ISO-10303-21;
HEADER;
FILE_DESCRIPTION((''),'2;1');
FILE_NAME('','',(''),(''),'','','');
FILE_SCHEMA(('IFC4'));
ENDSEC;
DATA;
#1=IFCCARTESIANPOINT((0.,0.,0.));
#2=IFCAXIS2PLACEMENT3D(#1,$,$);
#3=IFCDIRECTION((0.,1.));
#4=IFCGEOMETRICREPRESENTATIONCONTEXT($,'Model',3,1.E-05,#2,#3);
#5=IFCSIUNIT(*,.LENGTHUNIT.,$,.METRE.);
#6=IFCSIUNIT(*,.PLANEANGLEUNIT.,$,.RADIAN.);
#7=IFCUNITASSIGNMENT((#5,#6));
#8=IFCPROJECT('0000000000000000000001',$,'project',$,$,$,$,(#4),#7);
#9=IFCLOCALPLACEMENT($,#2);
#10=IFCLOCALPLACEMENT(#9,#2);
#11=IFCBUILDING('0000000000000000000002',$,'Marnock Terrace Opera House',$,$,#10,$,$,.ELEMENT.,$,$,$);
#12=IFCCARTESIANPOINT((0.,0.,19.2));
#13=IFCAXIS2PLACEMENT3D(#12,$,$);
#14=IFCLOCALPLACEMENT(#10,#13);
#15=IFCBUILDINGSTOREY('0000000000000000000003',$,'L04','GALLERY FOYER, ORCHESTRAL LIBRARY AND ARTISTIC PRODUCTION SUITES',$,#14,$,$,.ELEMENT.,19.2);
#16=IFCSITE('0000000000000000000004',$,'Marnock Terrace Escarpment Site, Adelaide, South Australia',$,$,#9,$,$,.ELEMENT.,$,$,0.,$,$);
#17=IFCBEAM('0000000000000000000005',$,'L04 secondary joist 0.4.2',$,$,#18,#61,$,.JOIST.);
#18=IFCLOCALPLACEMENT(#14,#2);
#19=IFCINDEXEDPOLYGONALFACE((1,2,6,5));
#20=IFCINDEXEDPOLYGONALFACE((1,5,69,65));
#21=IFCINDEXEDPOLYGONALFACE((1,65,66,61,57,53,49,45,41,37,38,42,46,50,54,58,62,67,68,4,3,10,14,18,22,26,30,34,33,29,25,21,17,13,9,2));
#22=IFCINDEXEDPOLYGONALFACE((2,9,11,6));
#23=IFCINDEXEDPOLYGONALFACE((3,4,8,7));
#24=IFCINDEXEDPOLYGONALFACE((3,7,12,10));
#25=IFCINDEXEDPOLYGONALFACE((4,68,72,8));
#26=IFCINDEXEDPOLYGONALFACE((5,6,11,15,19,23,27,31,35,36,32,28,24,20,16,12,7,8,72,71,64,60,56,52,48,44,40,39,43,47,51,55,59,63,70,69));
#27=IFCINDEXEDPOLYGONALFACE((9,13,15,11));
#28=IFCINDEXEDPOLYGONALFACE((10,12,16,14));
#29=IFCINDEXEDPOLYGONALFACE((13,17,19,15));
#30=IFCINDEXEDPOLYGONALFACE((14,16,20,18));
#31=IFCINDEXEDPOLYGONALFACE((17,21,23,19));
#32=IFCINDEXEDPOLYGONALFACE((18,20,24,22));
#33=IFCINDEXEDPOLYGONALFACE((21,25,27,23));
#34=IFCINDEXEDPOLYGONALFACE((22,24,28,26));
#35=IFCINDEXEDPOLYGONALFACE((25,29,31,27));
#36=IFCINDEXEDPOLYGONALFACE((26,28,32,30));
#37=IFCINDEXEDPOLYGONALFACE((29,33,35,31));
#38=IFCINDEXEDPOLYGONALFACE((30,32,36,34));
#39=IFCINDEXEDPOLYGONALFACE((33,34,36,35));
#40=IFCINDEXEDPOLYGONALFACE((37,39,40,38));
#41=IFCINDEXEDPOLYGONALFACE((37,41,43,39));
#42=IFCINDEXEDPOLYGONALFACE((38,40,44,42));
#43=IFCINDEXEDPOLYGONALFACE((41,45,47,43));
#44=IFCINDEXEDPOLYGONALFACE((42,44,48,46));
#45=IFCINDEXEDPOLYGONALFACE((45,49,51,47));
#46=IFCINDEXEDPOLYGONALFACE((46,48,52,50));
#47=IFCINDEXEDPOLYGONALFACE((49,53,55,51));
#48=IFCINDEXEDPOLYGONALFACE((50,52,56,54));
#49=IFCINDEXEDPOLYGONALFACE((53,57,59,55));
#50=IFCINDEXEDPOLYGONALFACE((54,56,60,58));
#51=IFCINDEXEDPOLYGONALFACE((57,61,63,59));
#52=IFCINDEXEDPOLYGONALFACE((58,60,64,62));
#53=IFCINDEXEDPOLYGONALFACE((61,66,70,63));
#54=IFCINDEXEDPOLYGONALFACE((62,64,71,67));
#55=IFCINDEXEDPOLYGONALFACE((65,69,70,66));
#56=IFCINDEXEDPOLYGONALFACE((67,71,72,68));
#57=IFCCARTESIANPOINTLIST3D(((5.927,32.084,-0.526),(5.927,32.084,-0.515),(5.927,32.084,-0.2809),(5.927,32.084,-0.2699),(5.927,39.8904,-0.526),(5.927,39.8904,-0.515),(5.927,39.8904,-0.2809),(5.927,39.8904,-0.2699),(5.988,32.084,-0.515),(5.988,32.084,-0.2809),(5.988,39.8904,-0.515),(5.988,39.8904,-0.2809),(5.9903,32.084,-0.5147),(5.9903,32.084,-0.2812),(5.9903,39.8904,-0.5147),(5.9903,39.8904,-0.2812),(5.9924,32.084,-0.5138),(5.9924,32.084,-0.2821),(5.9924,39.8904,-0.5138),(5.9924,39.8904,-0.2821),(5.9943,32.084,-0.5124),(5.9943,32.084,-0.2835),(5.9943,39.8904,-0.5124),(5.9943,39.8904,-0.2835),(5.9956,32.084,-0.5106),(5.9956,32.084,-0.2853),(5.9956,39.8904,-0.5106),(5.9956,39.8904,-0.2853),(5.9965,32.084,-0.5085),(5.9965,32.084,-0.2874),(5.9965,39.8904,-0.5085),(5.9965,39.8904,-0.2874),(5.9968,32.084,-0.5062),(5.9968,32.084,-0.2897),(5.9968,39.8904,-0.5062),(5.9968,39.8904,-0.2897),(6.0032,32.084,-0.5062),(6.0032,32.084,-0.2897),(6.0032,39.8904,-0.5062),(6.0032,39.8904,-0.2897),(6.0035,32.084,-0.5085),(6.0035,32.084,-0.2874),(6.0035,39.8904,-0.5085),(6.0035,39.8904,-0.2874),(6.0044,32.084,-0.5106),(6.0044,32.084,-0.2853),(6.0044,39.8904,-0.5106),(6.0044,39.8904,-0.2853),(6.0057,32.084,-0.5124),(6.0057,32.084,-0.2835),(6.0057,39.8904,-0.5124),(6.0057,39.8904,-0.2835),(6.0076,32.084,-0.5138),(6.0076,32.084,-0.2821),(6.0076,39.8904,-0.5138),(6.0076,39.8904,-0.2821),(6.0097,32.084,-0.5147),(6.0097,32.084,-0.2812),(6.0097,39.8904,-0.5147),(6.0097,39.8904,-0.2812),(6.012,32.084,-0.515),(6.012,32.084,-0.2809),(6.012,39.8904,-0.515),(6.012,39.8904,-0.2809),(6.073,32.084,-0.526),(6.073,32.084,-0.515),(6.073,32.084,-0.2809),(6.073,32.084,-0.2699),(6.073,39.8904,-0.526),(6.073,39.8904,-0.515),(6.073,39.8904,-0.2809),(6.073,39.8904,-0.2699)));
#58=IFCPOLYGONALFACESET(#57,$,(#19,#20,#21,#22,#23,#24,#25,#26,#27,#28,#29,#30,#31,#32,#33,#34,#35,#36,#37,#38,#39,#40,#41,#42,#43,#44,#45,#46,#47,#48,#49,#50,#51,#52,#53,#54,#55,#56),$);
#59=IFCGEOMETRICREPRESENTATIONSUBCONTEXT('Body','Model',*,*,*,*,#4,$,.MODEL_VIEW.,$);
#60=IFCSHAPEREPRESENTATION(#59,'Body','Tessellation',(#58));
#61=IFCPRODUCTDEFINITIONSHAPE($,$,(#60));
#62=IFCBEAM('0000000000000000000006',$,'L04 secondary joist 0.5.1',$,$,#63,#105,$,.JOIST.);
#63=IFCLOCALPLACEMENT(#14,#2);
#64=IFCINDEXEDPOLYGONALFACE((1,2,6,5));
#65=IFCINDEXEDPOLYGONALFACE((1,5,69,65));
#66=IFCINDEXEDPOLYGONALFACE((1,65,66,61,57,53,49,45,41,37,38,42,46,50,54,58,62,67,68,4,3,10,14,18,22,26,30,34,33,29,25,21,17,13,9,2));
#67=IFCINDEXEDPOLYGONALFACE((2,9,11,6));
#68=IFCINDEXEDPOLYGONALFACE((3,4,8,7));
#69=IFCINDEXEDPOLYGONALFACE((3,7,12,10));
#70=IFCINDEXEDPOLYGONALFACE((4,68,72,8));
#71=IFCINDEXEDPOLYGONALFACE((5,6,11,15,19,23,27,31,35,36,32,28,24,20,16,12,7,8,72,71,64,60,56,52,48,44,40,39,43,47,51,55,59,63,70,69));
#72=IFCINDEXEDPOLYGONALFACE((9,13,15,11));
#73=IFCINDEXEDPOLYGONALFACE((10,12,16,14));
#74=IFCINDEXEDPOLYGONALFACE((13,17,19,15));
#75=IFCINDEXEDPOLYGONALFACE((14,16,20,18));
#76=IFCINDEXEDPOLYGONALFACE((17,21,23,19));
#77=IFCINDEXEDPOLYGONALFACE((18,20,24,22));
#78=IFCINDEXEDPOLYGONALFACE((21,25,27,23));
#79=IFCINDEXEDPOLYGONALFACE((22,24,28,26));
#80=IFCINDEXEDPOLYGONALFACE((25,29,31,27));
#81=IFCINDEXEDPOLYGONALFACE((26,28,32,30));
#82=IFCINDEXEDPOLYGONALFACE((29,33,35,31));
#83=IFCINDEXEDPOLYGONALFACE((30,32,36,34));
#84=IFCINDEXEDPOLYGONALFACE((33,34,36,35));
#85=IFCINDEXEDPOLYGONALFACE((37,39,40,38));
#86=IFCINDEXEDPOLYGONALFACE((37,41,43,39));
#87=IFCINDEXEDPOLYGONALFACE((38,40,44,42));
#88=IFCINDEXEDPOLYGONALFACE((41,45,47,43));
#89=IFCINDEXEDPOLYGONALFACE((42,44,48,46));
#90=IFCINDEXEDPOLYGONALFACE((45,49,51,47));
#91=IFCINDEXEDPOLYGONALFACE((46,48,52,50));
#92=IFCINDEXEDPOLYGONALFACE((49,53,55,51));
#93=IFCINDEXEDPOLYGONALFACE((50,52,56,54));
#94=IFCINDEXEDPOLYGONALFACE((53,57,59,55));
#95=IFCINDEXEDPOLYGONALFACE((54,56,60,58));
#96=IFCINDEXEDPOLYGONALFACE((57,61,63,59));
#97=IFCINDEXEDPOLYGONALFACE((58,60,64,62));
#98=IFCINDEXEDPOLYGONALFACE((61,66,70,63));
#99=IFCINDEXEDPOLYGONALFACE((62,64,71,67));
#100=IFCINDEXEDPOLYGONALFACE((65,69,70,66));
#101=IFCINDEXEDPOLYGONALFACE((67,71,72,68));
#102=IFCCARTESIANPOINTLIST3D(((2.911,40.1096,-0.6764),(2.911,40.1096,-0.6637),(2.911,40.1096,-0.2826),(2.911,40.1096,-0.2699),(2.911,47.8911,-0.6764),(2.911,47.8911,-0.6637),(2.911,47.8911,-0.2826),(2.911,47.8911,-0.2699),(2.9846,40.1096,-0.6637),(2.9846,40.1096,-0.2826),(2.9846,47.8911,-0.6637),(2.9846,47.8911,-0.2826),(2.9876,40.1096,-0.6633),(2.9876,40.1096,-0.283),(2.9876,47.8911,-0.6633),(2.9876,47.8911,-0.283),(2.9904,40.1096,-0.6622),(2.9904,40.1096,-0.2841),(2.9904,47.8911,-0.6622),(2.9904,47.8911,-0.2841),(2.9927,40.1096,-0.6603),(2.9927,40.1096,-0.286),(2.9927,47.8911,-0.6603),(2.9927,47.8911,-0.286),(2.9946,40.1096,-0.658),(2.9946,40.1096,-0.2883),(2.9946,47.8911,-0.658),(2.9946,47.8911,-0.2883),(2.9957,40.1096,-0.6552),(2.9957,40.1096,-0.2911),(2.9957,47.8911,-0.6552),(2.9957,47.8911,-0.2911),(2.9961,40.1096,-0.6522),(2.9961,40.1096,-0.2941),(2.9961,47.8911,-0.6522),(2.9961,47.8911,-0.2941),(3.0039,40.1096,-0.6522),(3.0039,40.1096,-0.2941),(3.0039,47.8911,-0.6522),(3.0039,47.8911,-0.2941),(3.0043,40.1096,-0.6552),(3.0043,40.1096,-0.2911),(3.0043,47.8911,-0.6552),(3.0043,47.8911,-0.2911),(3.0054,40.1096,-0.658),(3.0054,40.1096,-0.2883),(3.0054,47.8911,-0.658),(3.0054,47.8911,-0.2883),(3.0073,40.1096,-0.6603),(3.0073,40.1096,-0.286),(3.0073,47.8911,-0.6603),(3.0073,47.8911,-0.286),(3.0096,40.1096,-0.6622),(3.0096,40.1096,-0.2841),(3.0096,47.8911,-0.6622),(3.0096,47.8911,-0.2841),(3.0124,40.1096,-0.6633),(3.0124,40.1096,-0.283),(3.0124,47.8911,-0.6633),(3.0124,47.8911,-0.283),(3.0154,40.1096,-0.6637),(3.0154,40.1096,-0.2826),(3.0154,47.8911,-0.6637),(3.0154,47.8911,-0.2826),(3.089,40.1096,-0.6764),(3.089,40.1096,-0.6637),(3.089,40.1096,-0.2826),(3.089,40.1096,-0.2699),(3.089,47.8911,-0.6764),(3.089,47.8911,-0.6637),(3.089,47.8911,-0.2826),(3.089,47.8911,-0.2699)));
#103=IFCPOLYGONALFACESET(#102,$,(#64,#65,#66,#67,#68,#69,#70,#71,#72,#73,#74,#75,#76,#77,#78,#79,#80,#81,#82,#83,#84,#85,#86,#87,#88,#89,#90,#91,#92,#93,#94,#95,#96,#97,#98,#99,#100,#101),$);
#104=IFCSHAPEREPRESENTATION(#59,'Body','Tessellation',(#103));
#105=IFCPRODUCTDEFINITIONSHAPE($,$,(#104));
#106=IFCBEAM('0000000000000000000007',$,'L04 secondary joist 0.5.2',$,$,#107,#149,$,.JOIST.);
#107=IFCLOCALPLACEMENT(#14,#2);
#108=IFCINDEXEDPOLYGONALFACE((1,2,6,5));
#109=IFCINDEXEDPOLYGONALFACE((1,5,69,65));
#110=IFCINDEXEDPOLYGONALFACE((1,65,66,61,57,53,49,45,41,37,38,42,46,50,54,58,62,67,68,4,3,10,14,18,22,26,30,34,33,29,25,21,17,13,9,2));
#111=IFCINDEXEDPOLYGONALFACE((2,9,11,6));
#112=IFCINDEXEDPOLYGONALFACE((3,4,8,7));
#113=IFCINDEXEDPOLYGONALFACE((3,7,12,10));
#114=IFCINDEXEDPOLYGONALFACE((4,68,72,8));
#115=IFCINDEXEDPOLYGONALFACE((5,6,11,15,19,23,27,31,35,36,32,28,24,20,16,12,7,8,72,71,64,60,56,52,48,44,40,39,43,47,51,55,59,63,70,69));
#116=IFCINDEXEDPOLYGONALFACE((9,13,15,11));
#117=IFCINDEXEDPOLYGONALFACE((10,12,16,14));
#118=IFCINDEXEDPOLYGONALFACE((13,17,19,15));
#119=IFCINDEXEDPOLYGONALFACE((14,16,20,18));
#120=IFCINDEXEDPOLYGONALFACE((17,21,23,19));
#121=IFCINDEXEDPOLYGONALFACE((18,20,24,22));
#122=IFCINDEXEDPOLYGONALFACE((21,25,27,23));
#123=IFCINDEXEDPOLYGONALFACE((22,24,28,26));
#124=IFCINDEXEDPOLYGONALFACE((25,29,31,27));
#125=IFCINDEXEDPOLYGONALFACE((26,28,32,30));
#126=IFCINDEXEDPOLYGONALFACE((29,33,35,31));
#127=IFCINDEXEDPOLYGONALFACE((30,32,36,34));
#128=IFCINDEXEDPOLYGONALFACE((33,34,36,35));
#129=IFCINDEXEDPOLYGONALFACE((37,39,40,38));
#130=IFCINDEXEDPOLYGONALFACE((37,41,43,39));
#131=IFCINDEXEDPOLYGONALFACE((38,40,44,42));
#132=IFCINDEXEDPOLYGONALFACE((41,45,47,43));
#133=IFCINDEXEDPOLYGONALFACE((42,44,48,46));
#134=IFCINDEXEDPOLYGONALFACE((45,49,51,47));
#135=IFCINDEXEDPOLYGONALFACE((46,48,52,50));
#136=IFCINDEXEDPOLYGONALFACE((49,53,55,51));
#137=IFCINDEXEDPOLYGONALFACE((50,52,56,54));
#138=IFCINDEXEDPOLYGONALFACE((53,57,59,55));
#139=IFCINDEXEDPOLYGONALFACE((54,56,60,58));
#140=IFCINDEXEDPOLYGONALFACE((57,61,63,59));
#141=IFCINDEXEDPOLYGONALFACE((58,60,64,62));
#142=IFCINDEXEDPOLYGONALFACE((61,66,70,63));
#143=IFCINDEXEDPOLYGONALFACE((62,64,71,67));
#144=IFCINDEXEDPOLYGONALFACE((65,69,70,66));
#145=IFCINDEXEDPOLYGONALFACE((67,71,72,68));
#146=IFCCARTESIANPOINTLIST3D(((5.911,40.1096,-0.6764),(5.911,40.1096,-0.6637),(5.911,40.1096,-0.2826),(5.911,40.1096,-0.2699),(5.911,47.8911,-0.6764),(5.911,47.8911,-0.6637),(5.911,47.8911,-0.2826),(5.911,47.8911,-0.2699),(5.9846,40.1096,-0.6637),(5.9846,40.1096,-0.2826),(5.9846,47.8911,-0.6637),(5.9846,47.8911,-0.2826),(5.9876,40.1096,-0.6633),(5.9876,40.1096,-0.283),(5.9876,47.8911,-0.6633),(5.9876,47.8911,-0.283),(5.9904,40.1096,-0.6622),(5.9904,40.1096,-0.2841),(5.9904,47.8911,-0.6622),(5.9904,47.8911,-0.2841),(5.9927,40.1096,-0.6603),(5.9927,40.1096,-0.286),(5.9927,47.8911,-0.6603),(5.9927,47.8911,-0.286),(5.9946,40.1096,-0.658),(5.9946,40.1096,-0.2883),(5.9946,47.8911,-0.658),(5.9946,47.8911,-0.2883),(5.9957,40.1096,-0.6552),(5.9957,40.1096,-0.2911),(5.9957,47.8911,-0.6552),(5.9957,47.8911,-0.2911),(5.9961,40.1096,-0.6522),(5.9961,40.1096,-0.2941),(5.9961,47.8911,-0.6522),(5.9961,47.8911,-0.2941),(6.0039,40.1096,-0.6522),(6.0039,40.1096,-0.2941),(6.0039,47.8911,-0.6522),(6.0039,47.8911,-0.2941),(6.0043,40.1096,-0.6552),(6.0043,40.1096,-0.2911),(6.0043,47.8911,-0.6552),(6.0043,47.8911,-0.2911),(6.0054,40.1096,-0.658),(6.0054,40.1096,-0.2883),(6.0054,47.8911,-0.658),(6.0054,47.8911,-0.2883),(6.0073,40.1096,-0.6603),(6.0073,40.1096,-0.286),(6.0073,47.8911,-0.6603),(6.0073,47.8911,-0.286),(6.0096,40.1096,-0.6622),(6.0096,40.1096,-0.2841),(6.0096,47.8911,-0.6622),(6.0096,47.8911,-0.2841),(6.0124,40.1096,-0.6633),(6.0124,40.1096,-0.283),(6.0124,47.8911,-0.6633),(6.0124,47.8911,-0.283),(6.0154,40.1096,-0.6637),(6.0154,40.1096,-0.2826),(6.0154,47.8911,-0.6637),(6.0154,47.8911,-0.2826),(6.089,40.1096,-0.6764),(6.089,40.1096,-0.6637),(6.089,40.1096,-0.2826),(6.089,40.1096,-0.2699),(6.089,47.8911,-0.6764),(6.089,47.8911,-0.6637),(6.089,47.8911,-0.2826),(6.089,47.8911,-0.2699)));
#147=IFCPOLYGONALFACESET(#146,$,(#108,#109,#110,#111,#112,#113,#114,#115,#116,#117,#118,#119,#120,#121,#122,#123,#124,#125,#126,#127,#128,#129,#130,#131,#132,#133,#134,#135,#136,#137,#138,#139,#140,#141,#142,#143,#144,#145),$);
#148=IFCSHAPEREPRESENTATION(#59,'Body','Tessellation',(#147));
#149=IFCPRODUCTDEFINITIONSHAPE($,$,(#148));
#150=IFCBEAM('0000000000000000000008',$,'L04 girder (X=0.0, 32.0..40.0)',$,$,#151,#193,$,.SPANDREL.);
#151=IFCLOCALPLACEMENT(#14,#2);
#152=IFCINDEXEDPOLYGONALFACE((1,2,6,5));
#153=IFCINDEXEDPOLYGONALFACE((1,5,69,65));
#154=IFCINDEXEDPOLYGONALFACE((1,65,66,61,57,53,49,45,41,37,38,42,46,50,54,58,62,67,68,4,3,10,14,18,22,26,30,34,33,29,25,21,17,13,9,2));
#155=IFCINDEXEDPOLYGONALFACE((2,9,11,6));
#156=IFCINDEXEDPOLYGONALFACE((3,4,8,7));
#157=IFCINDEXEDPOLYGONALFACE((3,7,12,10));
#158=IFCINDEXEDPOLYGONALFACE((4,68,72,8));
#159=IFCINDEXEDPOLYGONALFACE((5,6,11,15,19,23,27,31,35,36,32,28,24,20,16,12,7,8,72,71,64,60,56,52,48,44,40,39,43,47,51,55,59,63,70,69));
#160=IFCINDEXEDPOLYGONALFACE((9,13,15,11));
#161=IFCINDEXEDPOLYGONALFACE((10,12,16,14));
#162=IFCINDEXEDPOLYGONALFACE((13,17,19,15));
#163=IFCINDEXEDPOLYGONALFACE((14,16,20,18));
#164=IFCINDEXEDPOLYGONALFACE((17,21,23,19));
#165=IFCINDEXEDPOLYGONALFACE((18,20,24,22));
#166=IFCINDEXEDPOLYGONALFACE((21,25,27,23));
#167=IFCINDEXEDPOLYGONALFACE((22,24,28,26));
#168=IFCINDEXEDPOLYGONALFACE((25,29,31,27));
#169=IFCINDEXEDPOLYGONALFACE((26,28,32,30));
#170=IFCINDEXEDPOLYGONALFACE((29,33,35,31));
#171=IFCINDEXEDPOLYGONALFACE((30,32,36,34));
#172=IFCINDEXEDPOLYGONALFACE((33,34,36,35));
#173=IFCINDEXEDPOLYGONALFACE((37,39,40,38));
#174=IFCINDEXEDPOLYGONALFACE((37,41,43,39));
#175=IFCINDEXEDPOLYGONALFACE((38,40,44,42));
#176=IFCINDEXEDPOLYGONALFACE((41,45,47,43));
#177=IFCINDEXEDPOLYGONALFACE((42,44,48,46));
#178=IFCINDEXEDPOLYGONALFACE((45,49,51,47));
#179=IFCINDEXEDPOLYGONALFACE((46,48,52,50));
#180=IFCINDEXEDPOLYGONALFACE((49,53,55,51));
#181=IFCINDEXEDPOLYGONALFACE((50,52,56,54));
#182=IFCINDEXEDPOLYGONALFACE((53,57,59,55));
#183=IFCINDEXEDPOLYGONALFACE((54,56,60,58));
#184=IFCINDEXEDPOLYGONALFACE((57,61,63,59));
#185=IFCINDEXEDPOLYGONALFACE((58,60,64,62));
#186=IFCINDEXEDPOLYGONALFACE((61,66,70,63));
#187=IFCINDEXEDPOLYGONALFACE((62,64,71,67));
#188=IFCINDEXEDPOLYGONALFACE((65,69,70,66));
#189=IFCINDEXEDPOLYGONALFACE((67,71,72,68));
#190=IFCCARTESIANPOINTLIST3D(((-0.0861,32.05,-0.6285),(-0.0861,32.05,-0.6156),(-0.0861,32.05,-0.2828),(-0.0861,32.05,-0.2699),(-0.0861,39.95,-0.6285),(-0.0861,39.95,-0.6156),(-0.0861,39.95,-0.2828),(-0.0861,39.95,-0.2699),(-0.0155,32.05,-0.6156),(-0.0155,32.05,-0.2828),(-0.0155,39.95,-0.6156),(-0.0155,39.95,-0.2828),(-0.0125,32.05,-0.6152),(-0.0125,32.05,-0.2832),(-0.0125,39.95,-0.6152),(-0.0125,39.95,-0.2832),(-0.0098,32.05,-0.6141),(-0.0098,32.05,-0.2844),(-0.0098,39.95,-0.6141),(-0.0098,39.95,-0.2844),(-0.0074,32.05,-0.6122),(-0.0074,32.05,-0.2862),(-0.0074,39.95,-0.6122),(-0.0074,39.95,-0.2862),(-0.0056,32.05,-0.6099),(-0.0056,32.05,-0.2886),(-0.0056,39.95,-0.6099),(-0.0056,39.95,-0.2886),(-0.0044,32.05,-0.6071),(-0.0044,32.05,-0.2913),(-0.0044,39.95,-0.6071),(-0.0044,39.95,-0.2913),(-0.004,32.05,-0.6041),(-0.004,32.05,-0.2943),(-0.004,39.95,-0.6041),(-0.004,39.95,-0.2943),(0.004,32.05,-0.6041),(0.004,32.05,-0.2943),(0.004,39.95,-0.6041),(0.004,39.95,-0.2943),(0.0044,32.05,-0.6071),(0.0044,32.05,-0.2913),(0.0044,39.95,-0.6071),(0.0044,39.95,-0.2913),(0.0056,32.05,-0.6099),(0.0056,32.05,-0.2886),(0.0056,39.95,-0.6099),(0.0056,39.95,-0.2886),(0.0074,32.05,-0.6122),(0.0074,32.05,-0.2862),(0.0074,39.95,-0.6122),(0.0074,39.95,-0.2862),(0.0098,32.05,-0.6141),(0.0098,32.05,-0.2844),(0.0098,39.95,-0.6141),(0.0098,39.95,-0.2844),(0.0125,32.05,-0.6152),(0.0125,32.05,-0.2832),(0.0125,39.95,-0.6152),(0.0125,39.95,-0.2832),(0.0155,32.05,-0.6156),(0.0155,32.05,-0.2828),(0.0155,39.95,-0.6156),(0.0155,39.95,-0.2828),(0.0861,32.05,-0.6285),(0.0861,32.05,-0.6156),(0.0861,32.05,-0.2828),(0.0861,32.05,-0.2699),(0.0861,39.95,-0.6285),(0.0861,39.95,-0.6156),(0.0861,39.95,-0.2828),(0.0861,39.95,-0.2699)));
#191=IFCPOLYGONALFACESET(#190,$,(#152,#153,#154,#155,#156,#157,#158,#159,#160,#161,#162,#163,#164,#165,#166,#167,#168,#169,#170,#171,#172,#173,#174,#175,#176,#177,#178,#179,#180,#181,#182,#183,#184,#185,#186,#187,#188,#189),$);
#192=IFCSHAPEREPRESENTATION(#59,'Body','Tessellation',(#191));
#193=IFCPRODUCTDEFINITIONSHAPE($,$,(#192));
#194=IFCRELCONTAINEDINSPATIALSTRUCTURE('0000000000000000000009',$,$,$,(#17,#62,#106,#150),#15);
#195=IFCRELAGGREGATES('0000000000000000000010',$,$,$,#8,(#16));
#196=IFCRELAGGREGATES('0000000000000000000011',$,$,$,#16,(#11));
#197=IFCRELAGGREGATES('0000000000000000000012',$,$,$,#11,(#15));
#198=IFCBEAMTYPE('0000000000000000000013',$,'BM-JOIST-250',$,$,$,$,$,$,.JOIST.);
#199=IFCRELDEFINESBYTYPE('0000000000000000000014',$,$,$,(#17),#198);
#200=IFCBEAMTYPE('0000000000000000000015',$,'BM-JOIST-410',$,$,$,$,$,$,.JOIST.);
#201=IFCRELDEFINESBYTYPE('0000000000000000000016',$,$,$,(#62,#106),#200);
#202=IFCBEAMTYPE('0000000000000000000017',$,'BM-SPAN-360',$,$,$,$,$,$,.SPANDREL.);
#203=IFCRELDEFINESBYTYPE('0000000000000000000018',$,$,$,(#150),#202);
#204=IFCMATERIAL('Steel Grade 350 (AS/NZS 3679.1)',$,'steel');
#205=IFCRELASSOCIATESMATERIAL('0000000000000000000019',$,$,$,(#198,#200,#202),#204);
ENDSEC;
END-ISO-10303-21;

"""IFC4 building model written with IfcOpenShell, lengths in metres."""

from ifc_helpers import new_model, si_unit, direction, frame, origin, origin_2d, place, context, subcontext, project, spatial, i_section, extrude, material, material_profile, profile_set, type_object, element, save


model = new_model("IFC4")

# Units and contexts
model_context = context("Model", 3, precision=1e-05, world=origin(), true_north=direction((0.0, 1.0)))
body_context = subcontext(model_context, "Body", "Model", "MODEL_VIEW")
ifc_project = project(units=[si_unit("LENGTHUNIT", "METRE"), si_unit("PLANEANGLEUNIT", "RADIAN")], contexts=[model_context])

# Site, building, storey
site_placement = place(None, origin())
site = spatial("IfcSite", under=ifc_project, at=site_placement, Name="Marnock Terrace Escarpment Site, Adelaide, South Australia", CompositionType="ELEMENT", RefElevation=0.0)
building_placement = place(site_placement, origin())
building = spatial("IfcBuilding", under=site, at=building_placement, Name="Marnock Terrace Opera House", CompositionType="ELEMENT")
storey_placement = place(building_placement, frame((0.0, 0.0, 19.2)))
storey = spatial("IfcBuildingStorey", under=building, at=storey_placement, Name="L04", Description="GALLERY FOYER, ORCHESTRAL LIBRARY AND ARTISTIC PRODUCTION SUITES", CompositionType="ELEMENT", Elevation=19.2)

# Beams
ifc_material_1 = material(Name="Steel Grade 350 (AS/NZS 3679.1)", Category="steel")
ifc_material_profile_1 = material_profile(ifc_material_1, i_section(OverallWidth=0.146, OverallDepth=0.2561, WebThickness=0.0063, FlangeThickness=0.011, FilletRadius=0.0088, at=origin_2d()))
ifc_profile_set_1 = profile_set([ifc_material_profile_1], Name="Steel Grade 350 (AS/NZS 3679.1)")
beam_type_1 = type_object("IfcBeamType", Name="BM-JOIST-250", PredefinedType="JOIST", material=ifc_profile_set_1)
for number, where, z_axis, x_axis, name in (
    (1, (6.0, 32.084, -0.3979), (0.0, 1.0, 0.0), (-1.0, 0.0, 0.0), "L04 secondary joist 0.4.2"),
):
    element("IfcBeam", number, at=place(storey_placement, frame(where, z_axis=z_axis, x_axis=x_axis)), inside=storey, type_object=beam_type_1, Name=name, PredefinedType="JOIST", context=body_context, shape_type="SweptSolid", body=[
        extrude(i_section(OverallWidth=0.146, OverallDepth=0.2561, WebThickness=0.0063, FlangeThickness=0.011, FilletRadius=0.0088, at=origin_2d()), origin(), (0.0, 0.0, 1.0), 7.8064),
    ])
ifc_material_profile_2 = material_profile(ifc_material_1, i_section(OverallWidth=0.178, OverallDepth=0.4065, WebThickness=0.0078, FlangeThickness=0.0127, FilletRadius=0.0115, at=origin_2d()))
ifc_profile_set_2 = profile_set([ifc_material_profile_2], Name="Steel Grade 350 (AS/NZS 3679.1)")
beam_type_2 = type_object("IfcBeamType", Name="BM-JOIST-410", PredefinedType="JOIST", material=ifc_profile_set_2)
for number, where, z_axis, x_axis, name in (
    (2, (3.0, 40.1096, -0.4731), (0.0, 1.0, 0.0), (-1.0, 0.0, 0.0), "L04 secondary joist 0.5.1"),
    (3, (6.0, 40.1096, -0.4731), (0.0, 1.0, 0.0), (-1.0, 0.0, 0.0), "L04 secondary joist 0.5.2"),
):
    element("IfcBeam", number, at=place(storey_placement, frame(where, z_axis=z_axis, x_axis=x_axis)), inside=storey, type_object=beam_type_2, Name=name, PredefinedType="JOIST", context=body_context, shape_type="SweptSolid", body=[
        extrude(i_section(OverallWidth=0.178, OverallDepth=0.4065, WebThickness=0.0078, FlangeThickness=0.0127, FilletRadius=0.0115, at=origin_2d()), origin(), (0.0, 0.0, 1.0), 7.7815),
    ])
ifc_material_profile_3 = material_profile(ifc_material_1, i_section(OverallWidth=0.1721, OverallDepth=0.3586, WebThickness=0.0081, FlangeThickness=0.0129, FilletRadius=0.0115, at=origin_2d()))
ifc_profile_set_3 = profile_set([ifc_material_profile_3], Name="Steel Grade 350 (AS/NZS 3679.1)")
beam_type_3 = type_object("IfcBeamType", Name="BM-SPAN-360", PredefinedType="SPANDREL", material=ifc_profile_set_3)
for number, where, z_axis, x_axis, name in (
    (4, (0.0, 32.05, -0.4492), (0.0, 1.0, 0.0), (-1.0, 0.0, 0.0), "L04 girder (X=0.0, 32.0..40.0)"),
):
    element("IfcBeam", number, at=place(storey_placement, frame(where, z_axis=z_axis, x_axis=x_axis)), inside=storey, type_object=beam_type_3, Name=name, PredefinedType="SPANDREL", context=body_context, shape_type="SweptSolid", body=[
        extrude(i_section(OverallWidth=0.1721, OverallDepth=0.3586, WebThickness=0.0081, FlangeThickness=0.0129, FilletRadius=0.0115, at=origin_2d()), origin(), (0.0, 0.0, 1.0), 7.8999),
    ])

save(model, "model.ifc")
